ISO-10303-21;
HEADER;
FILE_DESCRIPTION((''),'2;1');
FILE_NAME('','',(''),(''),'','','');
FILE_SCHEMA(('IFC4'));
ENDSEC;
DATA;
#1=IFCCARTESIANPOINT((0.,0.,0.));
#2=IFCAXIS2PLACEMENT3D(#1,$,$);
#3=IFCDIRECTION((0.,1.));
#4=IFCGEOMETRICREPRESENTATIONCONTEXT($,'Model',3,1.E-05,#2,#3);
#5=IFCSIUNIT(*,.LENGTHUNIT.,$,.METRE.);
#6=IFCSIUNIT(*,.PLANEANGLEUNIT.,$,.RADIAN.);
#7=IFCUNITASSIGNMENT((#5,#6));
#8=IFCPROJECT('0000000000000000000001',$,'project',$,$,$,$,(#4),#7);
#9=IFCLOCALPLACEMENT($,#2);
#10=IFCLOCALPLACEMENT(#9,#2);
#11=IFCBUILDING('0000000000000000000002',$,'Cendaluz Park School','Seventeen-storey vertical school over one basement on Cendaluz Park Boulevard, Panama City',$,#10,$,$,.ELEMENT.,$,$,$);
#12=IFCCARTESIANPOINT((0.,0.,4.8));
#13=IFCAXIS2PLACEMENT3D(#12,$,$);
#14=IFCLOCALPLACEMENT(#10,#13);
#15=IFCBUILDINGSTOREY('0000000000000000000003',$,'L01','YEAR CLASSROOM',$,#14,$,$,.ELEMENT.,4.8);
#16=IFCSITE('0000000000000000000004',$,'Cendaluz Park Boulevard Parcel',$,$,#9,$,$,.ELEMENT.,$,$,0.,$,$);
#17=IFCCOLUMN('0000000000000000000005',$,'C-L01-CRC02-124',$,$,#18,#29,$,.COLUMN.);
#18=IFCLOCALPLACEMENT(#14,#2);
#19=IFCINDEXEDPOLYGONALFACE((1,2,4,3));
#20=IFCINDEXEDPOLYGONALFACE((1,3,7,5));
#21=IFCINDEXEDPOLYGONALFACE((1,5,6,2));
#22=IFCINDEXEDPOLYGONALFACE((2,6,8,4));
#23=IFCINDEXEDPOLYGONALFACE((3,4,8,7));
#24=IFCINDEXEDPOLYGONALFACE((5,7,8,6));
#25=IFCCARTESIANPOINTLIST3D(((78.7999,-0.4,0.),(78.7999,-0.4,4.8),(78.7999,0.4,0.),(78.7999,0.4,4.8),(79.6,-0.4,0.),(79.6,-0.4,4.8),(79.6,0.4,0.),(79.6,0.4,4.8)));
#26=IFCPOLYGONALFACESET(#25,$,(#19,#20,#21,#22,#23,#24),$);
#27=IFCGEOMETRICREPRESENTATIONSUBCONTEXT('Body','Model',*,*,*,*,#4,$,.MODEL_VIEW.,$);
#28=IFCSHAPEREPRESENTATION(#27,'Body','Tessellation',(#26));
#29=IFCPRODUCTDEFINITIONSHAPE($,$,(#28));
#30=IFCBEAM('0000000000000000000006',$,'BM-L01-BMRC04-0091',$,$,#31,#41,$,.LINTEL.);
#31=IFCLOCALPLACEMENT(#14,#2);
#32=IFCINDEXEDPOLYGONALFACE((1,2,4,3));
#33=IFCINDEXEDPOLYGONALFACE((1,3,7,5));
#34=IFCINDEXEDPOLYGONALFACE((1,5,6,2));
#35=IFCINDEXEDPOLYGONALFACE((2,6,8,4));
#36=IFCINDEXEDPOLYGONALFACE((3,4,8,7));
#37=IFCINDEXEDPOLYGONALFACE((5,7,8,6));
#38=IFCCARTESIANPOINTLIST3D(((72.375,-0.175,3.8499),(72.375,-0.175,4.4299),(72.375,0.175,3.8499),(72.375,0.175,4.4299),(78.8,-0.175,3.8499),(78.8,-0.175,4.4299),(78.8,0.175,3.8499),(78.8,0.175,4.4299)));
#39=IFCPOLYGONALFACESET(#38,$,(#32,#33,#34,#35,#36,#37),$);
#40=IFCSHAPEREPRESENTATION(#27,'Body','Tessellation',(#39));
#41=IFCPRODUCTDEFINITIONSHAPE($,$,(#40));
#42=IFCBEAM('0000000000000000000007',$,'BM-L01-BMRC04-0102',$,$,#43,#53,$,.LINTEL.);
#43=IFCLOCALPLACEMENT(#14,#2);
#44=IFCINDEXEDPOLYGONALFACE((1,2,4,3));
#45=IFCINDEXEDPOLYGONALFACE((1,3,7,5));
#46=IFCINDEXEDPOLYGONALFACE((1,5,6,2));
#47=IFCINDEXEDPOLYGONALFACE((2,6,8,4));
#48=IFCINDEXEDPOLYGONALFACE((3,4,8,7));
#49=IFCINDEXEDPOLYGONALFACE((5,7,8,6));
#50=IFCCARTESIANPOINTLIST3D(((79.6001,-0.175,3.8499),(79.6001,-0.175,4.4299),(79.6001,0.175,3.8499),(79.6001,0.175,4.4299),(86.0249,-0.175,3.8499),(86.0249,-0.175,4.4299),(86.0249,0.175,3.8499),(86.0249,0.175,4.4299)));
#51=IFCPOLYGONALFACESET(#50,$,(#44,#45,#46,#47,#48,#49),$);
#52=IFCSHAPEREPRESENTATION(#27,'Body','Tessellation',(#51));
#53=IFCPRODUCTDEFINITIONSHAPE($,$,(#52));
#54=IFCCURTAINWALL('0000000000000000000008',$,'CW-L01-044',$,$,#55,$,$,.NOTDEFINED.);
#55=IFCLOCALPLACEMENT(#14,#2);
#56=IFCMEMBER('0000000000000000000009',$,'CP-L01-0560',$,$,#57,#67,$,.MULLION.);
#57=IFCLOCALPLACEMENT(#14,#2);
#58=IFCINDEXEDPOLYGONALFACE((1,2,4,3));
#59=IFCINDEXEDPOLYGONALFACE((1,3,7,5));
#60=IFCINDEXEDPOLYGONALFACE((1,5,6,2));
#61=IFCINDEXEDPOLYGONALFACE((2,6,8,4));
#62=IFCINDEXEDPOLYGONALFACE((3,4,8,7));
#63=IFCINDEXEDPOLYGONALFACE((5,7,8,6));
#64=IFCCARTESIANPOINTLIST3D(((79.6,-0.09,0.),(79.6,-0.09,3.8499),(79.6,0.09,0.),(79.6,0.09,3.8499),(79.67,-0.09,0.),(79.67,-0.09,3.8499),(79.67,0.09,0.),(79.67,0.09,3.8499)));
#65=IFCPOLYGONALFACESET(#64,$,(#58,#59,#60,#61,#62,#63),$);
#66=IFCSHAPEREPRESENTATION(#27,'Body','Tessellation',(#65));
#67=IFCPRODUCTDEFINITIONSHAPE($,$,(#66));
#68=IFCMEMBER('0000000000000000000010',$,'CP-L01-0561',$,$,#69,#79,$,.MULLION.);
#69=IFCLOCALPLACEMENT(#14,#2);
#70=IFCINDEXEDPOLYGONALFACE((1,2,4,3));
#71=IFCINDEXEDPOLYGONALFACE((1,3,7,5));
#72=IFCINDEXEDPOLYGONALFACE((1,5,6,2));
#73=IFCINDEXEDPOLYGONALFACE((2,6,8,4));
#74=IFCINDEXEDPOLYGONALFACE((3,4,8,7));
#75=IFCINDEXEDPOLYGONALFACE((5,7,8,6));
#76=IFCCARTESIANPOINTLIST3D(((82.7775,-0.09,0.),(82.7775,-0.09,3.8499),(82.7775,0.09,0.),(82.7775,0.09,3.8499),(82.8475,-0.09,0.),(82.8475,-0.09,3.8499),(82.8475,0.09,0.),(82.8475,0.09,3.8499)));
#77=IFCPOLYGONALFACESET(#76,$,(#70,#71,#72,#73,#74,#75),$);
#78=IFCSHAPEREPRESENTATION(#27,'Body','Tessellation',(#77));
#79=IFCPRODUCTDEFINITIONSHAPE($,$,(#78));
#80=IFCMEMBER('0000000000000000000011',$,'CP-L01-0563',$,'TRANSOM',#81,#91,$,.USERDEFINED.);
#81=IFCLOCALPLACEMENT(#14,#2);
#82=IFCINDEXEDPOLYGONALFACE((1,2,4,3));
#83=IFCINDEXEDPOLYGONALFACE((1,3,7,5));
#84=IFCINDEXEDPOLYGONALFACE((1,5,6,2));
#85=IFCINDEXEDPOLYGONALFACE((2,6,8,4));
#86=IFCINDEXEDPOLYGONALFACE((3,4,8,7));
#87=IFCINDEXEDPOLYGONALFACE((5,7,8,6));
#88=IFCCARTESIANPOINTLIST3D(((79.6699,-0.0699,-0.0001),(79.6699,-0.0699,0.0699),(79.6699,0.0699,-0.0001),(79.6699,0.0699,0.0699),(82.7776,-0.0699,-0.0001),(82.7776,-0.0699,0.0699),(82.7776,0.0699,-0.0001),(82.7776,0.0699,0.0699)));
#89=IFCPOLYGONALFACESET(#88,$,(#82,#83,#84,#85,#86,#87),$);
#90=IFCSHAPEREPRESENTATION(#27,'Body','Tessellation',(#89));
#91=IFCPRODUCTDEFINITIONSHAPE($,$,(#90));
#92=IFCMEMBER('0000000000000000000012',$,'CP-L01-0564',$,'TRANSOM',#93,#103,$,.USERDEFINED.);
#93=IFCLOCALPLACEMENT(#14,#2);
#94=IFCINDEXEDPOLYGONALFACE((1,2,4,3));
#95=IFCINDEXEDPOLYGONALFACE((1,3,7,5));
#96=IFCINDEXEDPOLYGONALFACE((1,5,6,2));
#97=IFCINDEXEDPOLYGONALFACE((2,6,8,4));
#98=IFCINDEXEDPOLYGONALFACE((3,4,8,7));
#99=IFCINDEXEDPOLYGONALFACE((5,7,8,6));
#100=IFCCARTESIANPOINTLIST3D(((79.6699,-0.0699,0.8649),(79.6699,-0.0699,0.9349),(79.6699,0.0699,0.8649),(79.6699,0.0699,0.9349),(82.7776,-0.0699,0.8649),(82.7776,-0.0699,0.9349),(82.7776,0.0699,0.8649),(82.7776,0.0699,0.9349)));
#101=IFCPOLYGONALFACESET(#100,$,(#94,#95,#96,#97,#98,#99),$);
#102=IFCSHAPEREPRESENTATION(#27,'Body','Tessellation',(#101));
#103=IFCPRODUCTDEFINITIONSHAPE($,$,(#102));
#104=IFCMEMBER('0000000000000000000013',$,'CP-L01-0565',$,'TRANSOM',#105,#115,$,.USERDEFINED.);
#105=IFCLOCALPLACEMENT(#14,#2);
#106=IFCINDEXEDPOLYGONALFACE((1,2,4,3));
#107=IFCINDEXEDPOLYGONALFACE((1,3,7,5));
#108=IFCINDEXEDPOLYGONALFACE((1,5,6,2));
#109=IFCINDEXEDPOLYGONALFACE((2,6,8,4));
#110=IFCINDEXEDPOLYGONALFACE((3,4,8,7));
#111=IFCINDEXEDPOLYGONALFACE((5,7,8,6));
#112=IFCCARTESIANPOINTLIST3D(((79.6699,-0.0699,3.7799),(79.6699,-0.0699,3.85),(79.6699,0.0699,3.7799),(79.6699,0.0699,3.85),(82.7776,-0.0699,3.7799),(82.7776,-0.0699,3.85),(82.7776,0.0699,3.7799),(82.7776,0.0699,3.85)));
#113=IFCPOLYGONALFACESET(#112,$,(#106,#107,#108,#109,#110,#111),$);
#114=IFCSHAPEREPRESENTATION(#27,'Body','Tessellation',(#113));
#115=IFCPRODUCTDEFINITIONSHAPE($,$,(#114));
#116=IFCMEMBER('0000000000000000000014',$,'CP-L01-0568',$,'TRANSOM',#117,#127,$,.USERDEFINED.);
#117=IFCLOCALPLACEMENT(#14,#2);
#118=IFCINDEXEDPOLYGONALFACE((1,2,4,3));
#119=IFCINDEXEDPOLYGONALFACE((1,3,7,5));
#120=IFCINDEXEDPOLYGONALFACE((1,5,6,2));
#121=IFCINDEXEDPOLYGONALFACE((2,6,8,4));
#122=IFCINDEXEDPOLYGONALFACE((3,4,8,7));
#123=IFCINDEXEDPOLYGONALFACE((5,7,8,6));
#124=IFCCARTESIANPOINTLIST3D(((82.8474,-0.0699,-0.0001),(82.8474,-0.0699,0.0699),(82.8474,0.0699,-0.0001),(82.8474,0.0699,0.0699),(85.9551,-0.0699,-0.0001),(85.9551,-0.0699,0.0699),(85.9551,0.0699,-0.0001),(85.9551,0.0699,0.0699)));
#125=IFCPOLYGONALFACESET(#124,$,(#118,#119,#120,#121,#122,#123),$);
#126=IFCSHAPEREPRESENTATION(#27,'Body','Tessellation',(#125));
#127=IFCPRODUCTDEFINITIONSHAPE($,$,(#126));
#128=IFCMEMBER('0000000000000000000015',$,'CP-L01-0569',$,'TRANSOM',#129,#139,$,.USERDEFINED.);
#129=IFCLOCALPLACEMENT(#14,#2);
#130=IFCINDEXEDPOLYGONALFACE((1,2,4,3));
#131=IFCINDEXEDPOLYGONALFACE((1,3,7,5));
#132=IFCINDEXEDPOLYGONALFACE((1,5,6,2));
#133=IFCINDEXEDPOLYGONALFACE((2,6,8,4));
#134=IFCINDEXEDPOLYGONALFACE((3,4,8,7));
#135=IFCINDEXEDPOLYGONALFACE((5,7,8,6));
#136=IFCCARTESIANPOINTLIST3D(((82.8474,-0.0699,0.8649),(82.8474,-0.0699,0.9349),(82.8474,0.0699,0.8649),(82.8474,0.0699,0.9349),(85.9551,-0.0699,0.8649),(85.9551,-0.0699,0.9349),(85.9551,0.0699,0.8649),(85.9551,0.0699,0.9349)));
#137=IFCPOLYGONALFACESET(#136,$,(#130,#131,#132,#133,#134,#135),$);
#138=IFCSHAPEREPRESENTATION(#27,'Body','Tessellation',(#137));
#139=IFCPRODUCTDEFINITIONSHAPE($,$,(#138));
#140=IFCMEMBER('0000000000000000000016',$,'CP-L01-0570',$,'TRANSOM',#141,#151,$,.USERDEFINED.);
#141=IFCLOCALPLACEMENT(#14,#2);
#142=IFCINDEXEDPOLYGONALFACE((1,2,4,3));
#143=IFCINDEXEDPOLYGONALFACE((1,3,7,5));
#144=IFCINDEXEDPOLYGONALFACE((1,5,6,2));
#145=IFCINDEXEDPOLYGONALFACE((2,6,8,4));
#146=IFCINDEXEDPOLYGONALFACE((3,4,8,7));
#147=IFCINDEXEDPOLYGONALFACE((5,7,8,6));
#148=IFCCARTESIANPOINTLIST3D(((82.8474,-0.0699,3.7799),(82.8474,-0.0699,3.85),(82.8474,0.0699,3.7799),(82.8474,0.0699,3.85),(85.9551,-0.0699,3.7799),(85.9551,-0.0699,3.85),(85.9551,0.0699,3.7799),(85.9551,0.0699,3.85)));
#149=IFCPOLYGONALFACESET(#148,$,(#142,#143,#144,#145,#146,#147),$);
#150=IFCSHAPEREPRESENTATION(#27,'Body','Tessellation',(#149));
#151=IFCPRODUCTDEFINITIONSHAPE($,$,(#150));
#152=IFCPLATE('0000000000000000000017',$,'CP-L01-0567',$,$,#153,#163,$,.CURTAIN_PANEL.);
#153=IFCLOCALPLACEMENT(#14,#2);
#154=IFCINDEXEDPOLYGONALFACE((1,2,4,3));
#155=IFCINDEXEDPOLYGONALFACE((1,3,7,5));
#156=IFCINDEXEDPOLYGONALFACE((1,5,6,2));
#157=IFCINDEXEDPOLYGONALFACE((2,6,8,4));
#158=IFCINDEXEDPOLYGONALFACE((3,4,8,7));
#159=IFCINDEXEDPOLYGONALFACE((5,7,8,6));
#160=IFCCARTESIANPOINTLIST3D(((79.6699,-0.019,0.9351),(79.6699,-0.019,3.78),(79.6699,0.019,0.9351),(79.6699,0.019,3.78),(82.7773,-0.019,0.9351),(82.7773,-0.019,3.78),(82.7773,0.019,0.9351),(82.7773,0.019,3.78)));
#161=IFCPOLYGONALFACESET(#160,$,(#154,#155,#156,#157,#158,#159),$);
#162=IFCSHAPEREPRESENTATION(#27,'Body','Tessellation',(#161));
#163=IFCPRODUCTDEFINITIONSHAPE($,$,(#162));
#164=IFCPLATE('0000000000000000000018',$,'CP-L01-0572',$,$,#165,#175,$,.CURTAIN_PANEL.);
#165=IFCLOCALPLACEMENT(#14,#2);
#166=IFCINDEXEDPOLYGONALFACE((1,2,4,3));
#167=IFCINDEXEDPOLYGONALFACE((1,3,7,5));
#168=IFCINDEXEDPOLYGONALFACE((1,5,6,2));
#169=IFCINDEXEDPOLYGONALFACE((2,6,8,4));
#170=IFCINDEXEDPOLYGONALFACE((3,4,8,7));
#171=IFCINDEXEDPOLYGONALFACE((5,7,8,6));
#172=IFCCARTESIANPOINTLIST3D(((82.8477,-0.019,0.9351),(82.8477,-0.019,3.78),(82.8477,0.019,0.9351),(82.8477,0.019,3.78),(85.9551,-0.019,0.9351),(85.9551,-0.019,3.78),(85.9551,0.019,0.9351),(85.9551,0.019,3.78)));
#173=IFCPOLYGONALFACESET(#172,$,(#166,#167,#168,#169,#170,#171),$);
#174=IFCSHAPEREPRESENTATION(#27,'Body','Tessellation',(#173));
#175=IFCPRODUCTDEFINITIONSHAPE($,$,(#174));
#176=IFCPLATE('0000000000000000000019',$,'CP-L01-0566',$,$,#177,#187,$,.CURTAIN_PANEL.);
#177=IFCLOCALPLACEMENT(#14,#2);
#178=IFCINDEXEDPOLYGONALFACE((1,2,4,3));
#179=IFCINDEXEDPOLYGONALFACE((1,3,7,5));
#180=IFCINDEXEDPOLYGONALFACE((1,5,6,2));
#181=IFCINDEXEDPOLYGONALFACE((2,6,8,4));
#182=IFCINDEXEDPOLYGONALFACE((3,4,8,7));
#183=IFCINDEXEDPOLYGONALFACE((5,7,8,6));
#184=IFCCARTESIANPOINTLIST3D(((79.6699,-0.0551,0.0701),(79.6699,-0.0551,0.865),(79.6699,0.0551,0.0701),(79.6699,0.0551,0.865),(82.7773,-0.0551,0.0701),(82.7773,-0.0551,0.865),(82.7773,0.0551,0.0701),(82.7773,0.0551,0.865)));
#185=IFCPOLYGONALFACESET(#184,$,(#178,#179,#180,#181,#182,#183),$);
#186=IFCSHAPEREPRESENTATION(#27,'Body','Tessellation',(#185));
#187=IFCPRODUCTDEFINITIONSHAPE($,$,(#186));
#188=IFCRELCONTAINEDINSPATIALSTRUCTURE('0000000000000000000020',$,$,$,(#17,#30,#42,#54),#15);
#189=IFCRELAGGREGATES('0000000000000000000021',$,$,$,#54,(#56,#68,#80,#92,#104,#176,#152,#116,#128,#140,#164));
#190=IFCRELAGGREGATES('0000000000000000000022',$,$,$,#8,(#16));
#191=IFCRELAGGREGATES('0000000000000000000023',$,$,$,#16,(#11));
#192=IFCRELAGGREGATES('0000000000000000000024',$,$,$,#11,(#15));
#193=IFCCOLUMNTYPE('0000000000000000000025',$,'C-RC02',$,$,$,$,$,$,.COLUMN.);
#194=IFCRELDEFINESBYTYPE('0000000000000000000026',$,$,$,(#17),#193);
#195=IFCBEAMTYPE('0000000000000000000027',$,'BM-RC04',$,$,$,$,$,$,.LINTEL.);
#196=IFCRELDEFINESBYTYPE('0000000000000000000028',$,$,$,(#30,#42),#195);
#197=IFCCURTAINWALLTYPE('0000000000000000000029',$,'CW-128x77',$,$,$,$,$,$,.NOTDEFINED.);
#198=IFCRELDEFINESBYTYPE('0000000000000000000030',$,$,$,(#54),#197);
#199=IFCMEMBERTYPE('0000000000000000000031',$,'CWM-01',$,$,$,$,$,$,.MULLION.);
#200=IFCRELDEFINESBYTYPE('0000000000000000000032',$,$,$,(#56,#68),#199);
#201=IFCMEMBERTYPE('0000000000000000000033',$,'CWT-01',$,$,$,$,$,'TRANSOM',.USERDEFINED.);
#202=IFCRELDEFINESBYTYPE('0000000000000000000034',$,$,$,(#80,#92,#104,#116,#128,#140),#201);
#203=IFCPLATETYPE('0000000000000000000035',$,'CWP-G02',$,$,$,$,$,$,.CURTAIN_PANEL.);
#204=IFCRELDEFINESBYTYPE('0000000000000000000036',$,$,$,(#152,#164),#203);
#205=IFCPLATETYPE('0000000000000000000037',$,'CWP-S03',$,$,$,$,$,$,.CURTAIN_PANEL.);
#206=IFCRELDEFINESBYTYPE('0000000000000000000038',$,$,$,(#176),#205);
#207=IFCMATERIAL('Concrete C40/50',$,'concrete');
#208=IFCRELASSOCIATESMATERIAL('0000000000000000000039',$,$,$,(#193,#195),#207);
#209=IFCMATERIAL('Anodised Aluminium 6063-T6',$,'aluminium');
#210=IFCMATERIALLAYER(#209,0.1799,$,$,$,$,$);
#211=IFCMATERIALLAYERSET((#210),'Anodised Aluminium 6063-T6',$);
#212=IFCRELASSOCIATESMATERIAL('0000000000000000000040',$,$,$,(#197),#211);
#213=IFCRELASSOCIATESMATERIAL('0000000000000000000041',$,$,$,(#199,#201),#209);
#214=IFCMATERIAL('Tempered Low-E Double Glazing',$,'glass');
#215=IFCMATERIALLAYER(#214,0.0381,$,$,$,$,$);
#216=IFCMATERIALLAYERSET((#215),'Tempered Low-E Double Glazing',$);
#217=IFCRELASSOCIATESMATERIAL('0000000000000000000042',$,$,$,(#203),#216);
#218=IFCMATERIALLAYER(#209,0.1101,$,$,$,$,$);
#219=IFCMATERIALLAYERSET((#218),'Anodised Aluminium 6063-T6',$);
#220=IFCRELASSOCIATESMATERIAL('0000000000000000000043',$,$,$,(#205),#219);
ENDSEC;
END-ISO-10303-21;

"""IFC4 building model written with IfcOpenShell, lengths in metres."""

from ifc_helpers import new_model, si_unit, direction, frame, origin, origin_2d, place, context, subcontext, project, spatial, rectangle, extrude, material, layer, layer_set, material_profile, profile_set, type_object, element, aggregate, save


model = new_model("IFC4")

# Units and contexts
model_context = context("Model", 3, precision=1e-05, world=origin(), true_north=direction((0.0, 1.0)))
body_context = subcontext(model_context, "Body", "Model", "MODEL_VIEW")
ifc_project = project(units=[si_unit("LENGTHUNIT", "METRE"), si_unit("PLANEANGLEUNIT", "RADIAN")], contexts=[model_context])

# Site, building, storey
site_placement = place(None, origin())
site = spatial("IfcSite", under=ifc_project, at=site_placement, Name="Cendaluz Park Boulevard Parcel", CompositionType="ELEMENT", RefElevation=0.0)
building_placement = place(site_placement, origin())
building = spatial("IfcBuilding", under=site, at=building_placement, Name="Cendaluz Park School", Description="Seventeen-storey vertical school over one basement on Cendaluz Park Boulevard, Panama City", CompositionType="ELEMENT")
storey_placement = place(building_placement, frame((0.0, 0.0, 4.8)))
storey = spatial("IfcBuildingStorey", under=building, at=storey_placement, Name="L01", Description="YEAR CLASSROOM", CompositionType="ELEMENT", Elevation=4.8)

# Column
ifc_material_1 = material(Name="Concrete C40/50", Category="concrete")
ifc_material_profile_1 = material_profile(ifc_material_1, rectangle(XDim=0.8, YDim=0.8, at=origin_2d()), Name="RC 800x800", Category="concrete")
ifc_profile_set_1 = profile_set([ifc_material_profile_1], Name="Concrete C40/50")
column_type = type_object("IfcColumnType", Name="C-RC02", PredefinedType="COLUMN", material=ifc_profile_set_1)
column_placement = place(storey_placement, frame((79.2, 0.0, 0.0), z_axis=(0.0, 0.0, 1.0), x_axis=(1.0, 0.0, 0.0)))
element("IfcColumn", 1, at=column_placement, inside=storey, type_object=column_type, Name="C-L01-CRC02-124", PredefinedType="COLUMN", context=body_context, shape_type="SweptSolid", body=[
    extrude(rectangle(XDim=0.8, YDim=0.8, at=origin_2d()), origin(), (0.0, 0.0, 1.0), 4.8),
])

# Beams
ifc_material_profile_2 = material_profile(ifc_material_1, rectangle(XDim=0.3501, YDim=0.5801, at=origin_2d()), Name="RC 350x580", Category="concrete")
ifc_profile_set_2 = profile_set([ifc_material_profile_2], Name="Concrete C40/50")
beam_type = type_object("IfcBeamType", Name="BM-RC04", PredefinedType="LINTEL", material=ifc_profile_set_2)
beam_1_placement = place(storey_placement, frame((72.375, 0.0, 4.1399), z_axis=(1.0, 0.0, 0.0), x_axis=(0.0, 1.0, 0.0)))
element("IfcBeam", 2, at=beam_1_placement, inside=storey, type_object=beam_type, Name="BM-L01-BMRC04-0091", PredefinedType="LINTEL", context=body_context, shape_type="SweptSolid", body=[
    extrude(rectangle(XDim=0.3501, YDim=0.5801, at=origin_2d()), origin(), (0.0, 0.0, 1.0), 6.425),
])
beam_2_placement = place(storey_placement, frame((79.6001, 0.0, 4.1399), z_axis=(1.0, 0.0, 0.0), x_axis=(0.0, 1.0, 0.0)))
element("IfcBeam", 3, at=beam_2_placement, inside=storey, type_object=beam_type, Name="BM-L01-BMRC04-0102", PredefinedType="LINTEL", context=body_context, shape_type="SweptSolid", body=[
    extrude(rectangle(XDim=0.3501, YDim=0.5801, at=origin_2d()), origin(), (0.0, 0.0, 1.0), 6.4248),
])

# Curtain wall, members, plates
ifc_material_2 = material(Name="Anodised Aluminium 6063-T6", Category="aluminium")
ifc_layer_1 = layer(ifc_material_2, 0.1799)
ifc_layer_set_1 = layer_set([ifc_layer_1], Name="Anodised Aluminium 6063-T6")
curtain_wall_type = type_object("IfcCurtainWallType", Name="CW-128x77", PredefinedType="NOTDEFINED", material=ifc_layer_set_1)
curtain_wall_placement = place(storey_placement, origin())
curtain_wall = element("IfcCurtainWall", 4, at=curtain_wall_placement, inside=storey, type_object=curtain_wall_type, Name="CW-L01-044", PredefinedType="NOTDEFINED")
ifc_material_profile_3 = material_profile(ifc_material_2, rectangle(XDim=0.1799, YDim=0.0701, at=origin_2d()), Name="CWM 180x70", Category="aluminium")
ifc_profile_set_3 = profile_set([ifc_material_profile_3], Name="Anodised Aluminium 6063-T6")
member_type_1 = type_object("IfcMemberType", Name="CWM-01", PredefinedType="MULLION", material=ifc_profile_set_3)
member_1_placement = place(storey_placement, frame((79.635, 0.0, 0.0), z_axis=(0.0, 0.0, 1.0), x_axis=(0.0, 1.0, 0.0)))
member_1 = element("IfcMember", 5, at=member_1_placement, type_object=member_type_1, Name="CP-L01-0560", PredefinedType="MULLION", context=body_context, shape_type="SweptSolid", body=[
    extrude(rectangle(XDim=0.1799, YDim=0.0701, at=origin_2d()), origin(), (0.0, 0.0, 1.0), 3.8499),
])
member_2_placement = place(storey_placement, frame((82.8125, 0.0, 0.0), z_axis=(0.0, 0.0, 1.0), x_axis=(0.0, 1.0, 0.0)))
member_2 = element("IfcMember", 6, at=member_2_placement, type_object=member_type_1, Name="CP-L01-0561", PredefinedType="MULLION", context=body_context, shape_type="SweptSolid", body=[
    extrude(rectangle(XDim=0.1799, YDim=0.0701, at=origin_2d()), origin(), (0.0, 0.0, 1.0), 3.8499),
])
ifc_material_profile_4 = material_profile(ifc_material_2, rectangle(XDim=0.1399, YDim=0.0701, at=origin_2d()), Name="CWT 140x70", Category="aluminium")
ifc_profile_set_4 = profile_set([ifc_material_profile_4], Name="Anodised Aluminium 6063-T6")
member_type_2 = type_object("IfcMemberType", Name="CWT-01", ElementType="TRANSOM", PredefinedType="USERDEFINED", material=ifc_profile_set_4)
member_3_placement = place(storey_placement, frame((79.6699, 0.0, 0.0349), z_axis=(1.0, 0.0, 0.0), x_axis=(0.0, 1.0, 0.0)))
member_3 = element("IfcMember", 7, at=member_3_placement, type_object=member_type_2, Name="CP-L01-0563", ObjectType="TRANSOM", PredefinedType="USERDEFINED", context=body_context, shape_type="SweptSolid", body=[
    extrude(rectangle(XDim=0.1399, YDim=0.0701, at=origin_2d()), origin(), (0.0, 0.0, 1.0), 3.1077),
])
member_4_placement = place(storey_placement, frame((79.6699, 0.0, 0.8999), z_axis=(1.0, 0.0, 0.0), x_axis=(0.0, 1.0, 0.0)))
member_4 = element("IfcMember", 8, at=member_4_placement, type_object=member_type_2, Name="CP-L01-0564", ObjectType="TRANSOM", PredefinedType="USERDEFINED", context=body_context, shape_type="SweptSolid", body=[
    extrude(rectangle(XDim=0.1399, YDim=0.0701, at=origin_2d()), origin(), (0.0, 0.0, 1.0), 3.1077),
])
member_5_placement = place(storey_placement, frame((79.6699, 0.0, 3.8149), z_axis=(1.0, 0.0, 0.0), x_axis=(0.0, 1.0, 0.0)))
member_5 = element("IfcMember", 9, at=member_5_placement, type_object=member_type_2, Name="CP-L01-0565", ObjectType="TRANSOM", PredefinedType="USERDEFINED", context=body_context, shape_type="SweptSolid", body=[
    extrude(rectangle(XDim=0.1399, YDim=0.0701, at=origin_2d()), origin(), (0.0, 0.0, 1.0), 3.1077),
])
member_6_placement = place(storey_placement, frame((82.8474, 0.0, 0.0349), z_axis=(1.0, 0.0, 0.0), x_axis=(0.0, 1.0, 0.0)))
member_6 = element("IfcMember", 10, at=member_6_placement, type_object=member_type_2, Name="CP-L01-0568", ObjectType="TRANSOM", PredefinedType="USERDEFINED", context=body_context, shape_type="SweptSolid", body=[
    extrude(rectangle(XDim=0.1399, YDim=0.0701, at=origin_2d()), origin(), (0.0, 0.0, 1.0), 3.1077),
])
member_7_placement = place(storey_placement, frame((82.8474, 0.0, 0.8999), z_axis=(1.0, 0.0, 0.0), x_axis=(0.0, 1.0, 0.0)))
member_7 = element("IfcMember", 11, at=member_7_placement, type_object=member_type_2, Name="CP-L01-0569", ObjectType="TRANSOM", PredefinedType="USERDEFINED", context=body_context, shape_type="SweptSolid", body=[
    extrude(rectangle(XDim=0.1399, YDim=0.0701, at=origin_2d()), origin(), (0.0, 0.0, 1.0), 3.1077),
])
member_8_placement = place(storey_placement, frame((82.8474, 0.0, 3.8149), z_axis=(1.0, 0.0, 0.0), x_axis=(0.0, 1.0, 0.0)))
member_8 = element("IfcMember", 12, at=member_8_placement, type_object=member_type_2, Name="CP-L01-0570", ObjectType="TRANSOM", PredefinedType="USERDEFINED", context=body_context, shape_type="SweptSolid", body=[
    extrude(rectangle(XDim=0.1399, YDim=0.0701, at=origin_2d()), origin(), (0.0, 0.0, 1.0), 3.1077),
])
ifc_material_3 = material(Name="Tempered Low-E Double Glazing", Category="glass")
ifc_layer_2 = layer(ifc_material_3, 0.0381)
ifc_layer_set_2 = layer_set([ifc_layer_2], Name="Tempered Low-E Double Glazing")
plate_type_1 = type_object("IfcPlateType", Name="CWP-G02", PredefinedType="CURTAIN_PANEL", material=ifc_layer_set_2)
plate_1_placement = place(storey_placement, frame((81.2236, 0.0, 0.9351), z_axis=(0.0, 0.0, 1.0), x_axis=(1.0, 0.0, 0.0)))
plate_1 = element("IfcPlate", 13, at=plate_1_placement, type_object=plate_type_1, Name="CP-L01-0567", PredefinedType="CURTAIN_PANEL", context=body_context, shape_type="SweptSolid", body=[
    extrude(rectangle(XDim=3.1074, YDim=0.0381, at=origin_2d()), origin(), (0.0, 0.0, 1.0), 2.845),
])
plate_2_placement = place(storey_placement, frame((84.4014, 0.0, 0.9351), z_axis=(0.0, 0.0, 1.0), x_axis=(1.0, 0.0, 0.0)))
plate_2 = element("IfcPlate", 14, at=plate_2_placement, type_object=plate_type_1, Name="CP-L01-0572", PredefinedType="CURTAIN_PANEL", context=body_context, shape_type="SweptSolid", body=[
    extrude(rectangle(XDim=3.1074, YDim=0.0381, at=origin_2d()), origin(), (0.0, 0.0, 1.0), 2.845),
])
ifc_layer_3 = layer(ifc_material_2, 0.1101)
ifc_layer_set_3 = layer_set([ifc_layer_3], Name="Anodised Aluminium 6063-T6")
plate_type_2 = type_object("IfcPlateType", Name="CWP-S03", PredefinedType="CURTAIN_PANEL", material=ifc_layer_set_3)
plate_3_placement = place(storey_placement, frame((81.2236, 0.0, 0.0701), z_axis=(0.0, 0.0, 1.0), x_axis=(1.0, 0.0, 0.0)))
plate_3 = element("IfcPlate", 15, at=plate_3_placement, type_object=plate_type_2, Name="CP-L01-0566", PredefinedType="CURTAIN_PANEL", context=body_context, shape_type="SweptSolid", body=[
    extrude(rectangle(XDim=3.1074, YDim=0.1101, at=origin_2d()), origin(), (0.0, 0.0, 1.0), 0.7949),
])
aggregate(curtain_wall, [member_1, member_2, member_3, member_4, member_5, plate_3, plate_1, member_6, member_7, member_8, plate_2])

save(model, "model.ifc")
